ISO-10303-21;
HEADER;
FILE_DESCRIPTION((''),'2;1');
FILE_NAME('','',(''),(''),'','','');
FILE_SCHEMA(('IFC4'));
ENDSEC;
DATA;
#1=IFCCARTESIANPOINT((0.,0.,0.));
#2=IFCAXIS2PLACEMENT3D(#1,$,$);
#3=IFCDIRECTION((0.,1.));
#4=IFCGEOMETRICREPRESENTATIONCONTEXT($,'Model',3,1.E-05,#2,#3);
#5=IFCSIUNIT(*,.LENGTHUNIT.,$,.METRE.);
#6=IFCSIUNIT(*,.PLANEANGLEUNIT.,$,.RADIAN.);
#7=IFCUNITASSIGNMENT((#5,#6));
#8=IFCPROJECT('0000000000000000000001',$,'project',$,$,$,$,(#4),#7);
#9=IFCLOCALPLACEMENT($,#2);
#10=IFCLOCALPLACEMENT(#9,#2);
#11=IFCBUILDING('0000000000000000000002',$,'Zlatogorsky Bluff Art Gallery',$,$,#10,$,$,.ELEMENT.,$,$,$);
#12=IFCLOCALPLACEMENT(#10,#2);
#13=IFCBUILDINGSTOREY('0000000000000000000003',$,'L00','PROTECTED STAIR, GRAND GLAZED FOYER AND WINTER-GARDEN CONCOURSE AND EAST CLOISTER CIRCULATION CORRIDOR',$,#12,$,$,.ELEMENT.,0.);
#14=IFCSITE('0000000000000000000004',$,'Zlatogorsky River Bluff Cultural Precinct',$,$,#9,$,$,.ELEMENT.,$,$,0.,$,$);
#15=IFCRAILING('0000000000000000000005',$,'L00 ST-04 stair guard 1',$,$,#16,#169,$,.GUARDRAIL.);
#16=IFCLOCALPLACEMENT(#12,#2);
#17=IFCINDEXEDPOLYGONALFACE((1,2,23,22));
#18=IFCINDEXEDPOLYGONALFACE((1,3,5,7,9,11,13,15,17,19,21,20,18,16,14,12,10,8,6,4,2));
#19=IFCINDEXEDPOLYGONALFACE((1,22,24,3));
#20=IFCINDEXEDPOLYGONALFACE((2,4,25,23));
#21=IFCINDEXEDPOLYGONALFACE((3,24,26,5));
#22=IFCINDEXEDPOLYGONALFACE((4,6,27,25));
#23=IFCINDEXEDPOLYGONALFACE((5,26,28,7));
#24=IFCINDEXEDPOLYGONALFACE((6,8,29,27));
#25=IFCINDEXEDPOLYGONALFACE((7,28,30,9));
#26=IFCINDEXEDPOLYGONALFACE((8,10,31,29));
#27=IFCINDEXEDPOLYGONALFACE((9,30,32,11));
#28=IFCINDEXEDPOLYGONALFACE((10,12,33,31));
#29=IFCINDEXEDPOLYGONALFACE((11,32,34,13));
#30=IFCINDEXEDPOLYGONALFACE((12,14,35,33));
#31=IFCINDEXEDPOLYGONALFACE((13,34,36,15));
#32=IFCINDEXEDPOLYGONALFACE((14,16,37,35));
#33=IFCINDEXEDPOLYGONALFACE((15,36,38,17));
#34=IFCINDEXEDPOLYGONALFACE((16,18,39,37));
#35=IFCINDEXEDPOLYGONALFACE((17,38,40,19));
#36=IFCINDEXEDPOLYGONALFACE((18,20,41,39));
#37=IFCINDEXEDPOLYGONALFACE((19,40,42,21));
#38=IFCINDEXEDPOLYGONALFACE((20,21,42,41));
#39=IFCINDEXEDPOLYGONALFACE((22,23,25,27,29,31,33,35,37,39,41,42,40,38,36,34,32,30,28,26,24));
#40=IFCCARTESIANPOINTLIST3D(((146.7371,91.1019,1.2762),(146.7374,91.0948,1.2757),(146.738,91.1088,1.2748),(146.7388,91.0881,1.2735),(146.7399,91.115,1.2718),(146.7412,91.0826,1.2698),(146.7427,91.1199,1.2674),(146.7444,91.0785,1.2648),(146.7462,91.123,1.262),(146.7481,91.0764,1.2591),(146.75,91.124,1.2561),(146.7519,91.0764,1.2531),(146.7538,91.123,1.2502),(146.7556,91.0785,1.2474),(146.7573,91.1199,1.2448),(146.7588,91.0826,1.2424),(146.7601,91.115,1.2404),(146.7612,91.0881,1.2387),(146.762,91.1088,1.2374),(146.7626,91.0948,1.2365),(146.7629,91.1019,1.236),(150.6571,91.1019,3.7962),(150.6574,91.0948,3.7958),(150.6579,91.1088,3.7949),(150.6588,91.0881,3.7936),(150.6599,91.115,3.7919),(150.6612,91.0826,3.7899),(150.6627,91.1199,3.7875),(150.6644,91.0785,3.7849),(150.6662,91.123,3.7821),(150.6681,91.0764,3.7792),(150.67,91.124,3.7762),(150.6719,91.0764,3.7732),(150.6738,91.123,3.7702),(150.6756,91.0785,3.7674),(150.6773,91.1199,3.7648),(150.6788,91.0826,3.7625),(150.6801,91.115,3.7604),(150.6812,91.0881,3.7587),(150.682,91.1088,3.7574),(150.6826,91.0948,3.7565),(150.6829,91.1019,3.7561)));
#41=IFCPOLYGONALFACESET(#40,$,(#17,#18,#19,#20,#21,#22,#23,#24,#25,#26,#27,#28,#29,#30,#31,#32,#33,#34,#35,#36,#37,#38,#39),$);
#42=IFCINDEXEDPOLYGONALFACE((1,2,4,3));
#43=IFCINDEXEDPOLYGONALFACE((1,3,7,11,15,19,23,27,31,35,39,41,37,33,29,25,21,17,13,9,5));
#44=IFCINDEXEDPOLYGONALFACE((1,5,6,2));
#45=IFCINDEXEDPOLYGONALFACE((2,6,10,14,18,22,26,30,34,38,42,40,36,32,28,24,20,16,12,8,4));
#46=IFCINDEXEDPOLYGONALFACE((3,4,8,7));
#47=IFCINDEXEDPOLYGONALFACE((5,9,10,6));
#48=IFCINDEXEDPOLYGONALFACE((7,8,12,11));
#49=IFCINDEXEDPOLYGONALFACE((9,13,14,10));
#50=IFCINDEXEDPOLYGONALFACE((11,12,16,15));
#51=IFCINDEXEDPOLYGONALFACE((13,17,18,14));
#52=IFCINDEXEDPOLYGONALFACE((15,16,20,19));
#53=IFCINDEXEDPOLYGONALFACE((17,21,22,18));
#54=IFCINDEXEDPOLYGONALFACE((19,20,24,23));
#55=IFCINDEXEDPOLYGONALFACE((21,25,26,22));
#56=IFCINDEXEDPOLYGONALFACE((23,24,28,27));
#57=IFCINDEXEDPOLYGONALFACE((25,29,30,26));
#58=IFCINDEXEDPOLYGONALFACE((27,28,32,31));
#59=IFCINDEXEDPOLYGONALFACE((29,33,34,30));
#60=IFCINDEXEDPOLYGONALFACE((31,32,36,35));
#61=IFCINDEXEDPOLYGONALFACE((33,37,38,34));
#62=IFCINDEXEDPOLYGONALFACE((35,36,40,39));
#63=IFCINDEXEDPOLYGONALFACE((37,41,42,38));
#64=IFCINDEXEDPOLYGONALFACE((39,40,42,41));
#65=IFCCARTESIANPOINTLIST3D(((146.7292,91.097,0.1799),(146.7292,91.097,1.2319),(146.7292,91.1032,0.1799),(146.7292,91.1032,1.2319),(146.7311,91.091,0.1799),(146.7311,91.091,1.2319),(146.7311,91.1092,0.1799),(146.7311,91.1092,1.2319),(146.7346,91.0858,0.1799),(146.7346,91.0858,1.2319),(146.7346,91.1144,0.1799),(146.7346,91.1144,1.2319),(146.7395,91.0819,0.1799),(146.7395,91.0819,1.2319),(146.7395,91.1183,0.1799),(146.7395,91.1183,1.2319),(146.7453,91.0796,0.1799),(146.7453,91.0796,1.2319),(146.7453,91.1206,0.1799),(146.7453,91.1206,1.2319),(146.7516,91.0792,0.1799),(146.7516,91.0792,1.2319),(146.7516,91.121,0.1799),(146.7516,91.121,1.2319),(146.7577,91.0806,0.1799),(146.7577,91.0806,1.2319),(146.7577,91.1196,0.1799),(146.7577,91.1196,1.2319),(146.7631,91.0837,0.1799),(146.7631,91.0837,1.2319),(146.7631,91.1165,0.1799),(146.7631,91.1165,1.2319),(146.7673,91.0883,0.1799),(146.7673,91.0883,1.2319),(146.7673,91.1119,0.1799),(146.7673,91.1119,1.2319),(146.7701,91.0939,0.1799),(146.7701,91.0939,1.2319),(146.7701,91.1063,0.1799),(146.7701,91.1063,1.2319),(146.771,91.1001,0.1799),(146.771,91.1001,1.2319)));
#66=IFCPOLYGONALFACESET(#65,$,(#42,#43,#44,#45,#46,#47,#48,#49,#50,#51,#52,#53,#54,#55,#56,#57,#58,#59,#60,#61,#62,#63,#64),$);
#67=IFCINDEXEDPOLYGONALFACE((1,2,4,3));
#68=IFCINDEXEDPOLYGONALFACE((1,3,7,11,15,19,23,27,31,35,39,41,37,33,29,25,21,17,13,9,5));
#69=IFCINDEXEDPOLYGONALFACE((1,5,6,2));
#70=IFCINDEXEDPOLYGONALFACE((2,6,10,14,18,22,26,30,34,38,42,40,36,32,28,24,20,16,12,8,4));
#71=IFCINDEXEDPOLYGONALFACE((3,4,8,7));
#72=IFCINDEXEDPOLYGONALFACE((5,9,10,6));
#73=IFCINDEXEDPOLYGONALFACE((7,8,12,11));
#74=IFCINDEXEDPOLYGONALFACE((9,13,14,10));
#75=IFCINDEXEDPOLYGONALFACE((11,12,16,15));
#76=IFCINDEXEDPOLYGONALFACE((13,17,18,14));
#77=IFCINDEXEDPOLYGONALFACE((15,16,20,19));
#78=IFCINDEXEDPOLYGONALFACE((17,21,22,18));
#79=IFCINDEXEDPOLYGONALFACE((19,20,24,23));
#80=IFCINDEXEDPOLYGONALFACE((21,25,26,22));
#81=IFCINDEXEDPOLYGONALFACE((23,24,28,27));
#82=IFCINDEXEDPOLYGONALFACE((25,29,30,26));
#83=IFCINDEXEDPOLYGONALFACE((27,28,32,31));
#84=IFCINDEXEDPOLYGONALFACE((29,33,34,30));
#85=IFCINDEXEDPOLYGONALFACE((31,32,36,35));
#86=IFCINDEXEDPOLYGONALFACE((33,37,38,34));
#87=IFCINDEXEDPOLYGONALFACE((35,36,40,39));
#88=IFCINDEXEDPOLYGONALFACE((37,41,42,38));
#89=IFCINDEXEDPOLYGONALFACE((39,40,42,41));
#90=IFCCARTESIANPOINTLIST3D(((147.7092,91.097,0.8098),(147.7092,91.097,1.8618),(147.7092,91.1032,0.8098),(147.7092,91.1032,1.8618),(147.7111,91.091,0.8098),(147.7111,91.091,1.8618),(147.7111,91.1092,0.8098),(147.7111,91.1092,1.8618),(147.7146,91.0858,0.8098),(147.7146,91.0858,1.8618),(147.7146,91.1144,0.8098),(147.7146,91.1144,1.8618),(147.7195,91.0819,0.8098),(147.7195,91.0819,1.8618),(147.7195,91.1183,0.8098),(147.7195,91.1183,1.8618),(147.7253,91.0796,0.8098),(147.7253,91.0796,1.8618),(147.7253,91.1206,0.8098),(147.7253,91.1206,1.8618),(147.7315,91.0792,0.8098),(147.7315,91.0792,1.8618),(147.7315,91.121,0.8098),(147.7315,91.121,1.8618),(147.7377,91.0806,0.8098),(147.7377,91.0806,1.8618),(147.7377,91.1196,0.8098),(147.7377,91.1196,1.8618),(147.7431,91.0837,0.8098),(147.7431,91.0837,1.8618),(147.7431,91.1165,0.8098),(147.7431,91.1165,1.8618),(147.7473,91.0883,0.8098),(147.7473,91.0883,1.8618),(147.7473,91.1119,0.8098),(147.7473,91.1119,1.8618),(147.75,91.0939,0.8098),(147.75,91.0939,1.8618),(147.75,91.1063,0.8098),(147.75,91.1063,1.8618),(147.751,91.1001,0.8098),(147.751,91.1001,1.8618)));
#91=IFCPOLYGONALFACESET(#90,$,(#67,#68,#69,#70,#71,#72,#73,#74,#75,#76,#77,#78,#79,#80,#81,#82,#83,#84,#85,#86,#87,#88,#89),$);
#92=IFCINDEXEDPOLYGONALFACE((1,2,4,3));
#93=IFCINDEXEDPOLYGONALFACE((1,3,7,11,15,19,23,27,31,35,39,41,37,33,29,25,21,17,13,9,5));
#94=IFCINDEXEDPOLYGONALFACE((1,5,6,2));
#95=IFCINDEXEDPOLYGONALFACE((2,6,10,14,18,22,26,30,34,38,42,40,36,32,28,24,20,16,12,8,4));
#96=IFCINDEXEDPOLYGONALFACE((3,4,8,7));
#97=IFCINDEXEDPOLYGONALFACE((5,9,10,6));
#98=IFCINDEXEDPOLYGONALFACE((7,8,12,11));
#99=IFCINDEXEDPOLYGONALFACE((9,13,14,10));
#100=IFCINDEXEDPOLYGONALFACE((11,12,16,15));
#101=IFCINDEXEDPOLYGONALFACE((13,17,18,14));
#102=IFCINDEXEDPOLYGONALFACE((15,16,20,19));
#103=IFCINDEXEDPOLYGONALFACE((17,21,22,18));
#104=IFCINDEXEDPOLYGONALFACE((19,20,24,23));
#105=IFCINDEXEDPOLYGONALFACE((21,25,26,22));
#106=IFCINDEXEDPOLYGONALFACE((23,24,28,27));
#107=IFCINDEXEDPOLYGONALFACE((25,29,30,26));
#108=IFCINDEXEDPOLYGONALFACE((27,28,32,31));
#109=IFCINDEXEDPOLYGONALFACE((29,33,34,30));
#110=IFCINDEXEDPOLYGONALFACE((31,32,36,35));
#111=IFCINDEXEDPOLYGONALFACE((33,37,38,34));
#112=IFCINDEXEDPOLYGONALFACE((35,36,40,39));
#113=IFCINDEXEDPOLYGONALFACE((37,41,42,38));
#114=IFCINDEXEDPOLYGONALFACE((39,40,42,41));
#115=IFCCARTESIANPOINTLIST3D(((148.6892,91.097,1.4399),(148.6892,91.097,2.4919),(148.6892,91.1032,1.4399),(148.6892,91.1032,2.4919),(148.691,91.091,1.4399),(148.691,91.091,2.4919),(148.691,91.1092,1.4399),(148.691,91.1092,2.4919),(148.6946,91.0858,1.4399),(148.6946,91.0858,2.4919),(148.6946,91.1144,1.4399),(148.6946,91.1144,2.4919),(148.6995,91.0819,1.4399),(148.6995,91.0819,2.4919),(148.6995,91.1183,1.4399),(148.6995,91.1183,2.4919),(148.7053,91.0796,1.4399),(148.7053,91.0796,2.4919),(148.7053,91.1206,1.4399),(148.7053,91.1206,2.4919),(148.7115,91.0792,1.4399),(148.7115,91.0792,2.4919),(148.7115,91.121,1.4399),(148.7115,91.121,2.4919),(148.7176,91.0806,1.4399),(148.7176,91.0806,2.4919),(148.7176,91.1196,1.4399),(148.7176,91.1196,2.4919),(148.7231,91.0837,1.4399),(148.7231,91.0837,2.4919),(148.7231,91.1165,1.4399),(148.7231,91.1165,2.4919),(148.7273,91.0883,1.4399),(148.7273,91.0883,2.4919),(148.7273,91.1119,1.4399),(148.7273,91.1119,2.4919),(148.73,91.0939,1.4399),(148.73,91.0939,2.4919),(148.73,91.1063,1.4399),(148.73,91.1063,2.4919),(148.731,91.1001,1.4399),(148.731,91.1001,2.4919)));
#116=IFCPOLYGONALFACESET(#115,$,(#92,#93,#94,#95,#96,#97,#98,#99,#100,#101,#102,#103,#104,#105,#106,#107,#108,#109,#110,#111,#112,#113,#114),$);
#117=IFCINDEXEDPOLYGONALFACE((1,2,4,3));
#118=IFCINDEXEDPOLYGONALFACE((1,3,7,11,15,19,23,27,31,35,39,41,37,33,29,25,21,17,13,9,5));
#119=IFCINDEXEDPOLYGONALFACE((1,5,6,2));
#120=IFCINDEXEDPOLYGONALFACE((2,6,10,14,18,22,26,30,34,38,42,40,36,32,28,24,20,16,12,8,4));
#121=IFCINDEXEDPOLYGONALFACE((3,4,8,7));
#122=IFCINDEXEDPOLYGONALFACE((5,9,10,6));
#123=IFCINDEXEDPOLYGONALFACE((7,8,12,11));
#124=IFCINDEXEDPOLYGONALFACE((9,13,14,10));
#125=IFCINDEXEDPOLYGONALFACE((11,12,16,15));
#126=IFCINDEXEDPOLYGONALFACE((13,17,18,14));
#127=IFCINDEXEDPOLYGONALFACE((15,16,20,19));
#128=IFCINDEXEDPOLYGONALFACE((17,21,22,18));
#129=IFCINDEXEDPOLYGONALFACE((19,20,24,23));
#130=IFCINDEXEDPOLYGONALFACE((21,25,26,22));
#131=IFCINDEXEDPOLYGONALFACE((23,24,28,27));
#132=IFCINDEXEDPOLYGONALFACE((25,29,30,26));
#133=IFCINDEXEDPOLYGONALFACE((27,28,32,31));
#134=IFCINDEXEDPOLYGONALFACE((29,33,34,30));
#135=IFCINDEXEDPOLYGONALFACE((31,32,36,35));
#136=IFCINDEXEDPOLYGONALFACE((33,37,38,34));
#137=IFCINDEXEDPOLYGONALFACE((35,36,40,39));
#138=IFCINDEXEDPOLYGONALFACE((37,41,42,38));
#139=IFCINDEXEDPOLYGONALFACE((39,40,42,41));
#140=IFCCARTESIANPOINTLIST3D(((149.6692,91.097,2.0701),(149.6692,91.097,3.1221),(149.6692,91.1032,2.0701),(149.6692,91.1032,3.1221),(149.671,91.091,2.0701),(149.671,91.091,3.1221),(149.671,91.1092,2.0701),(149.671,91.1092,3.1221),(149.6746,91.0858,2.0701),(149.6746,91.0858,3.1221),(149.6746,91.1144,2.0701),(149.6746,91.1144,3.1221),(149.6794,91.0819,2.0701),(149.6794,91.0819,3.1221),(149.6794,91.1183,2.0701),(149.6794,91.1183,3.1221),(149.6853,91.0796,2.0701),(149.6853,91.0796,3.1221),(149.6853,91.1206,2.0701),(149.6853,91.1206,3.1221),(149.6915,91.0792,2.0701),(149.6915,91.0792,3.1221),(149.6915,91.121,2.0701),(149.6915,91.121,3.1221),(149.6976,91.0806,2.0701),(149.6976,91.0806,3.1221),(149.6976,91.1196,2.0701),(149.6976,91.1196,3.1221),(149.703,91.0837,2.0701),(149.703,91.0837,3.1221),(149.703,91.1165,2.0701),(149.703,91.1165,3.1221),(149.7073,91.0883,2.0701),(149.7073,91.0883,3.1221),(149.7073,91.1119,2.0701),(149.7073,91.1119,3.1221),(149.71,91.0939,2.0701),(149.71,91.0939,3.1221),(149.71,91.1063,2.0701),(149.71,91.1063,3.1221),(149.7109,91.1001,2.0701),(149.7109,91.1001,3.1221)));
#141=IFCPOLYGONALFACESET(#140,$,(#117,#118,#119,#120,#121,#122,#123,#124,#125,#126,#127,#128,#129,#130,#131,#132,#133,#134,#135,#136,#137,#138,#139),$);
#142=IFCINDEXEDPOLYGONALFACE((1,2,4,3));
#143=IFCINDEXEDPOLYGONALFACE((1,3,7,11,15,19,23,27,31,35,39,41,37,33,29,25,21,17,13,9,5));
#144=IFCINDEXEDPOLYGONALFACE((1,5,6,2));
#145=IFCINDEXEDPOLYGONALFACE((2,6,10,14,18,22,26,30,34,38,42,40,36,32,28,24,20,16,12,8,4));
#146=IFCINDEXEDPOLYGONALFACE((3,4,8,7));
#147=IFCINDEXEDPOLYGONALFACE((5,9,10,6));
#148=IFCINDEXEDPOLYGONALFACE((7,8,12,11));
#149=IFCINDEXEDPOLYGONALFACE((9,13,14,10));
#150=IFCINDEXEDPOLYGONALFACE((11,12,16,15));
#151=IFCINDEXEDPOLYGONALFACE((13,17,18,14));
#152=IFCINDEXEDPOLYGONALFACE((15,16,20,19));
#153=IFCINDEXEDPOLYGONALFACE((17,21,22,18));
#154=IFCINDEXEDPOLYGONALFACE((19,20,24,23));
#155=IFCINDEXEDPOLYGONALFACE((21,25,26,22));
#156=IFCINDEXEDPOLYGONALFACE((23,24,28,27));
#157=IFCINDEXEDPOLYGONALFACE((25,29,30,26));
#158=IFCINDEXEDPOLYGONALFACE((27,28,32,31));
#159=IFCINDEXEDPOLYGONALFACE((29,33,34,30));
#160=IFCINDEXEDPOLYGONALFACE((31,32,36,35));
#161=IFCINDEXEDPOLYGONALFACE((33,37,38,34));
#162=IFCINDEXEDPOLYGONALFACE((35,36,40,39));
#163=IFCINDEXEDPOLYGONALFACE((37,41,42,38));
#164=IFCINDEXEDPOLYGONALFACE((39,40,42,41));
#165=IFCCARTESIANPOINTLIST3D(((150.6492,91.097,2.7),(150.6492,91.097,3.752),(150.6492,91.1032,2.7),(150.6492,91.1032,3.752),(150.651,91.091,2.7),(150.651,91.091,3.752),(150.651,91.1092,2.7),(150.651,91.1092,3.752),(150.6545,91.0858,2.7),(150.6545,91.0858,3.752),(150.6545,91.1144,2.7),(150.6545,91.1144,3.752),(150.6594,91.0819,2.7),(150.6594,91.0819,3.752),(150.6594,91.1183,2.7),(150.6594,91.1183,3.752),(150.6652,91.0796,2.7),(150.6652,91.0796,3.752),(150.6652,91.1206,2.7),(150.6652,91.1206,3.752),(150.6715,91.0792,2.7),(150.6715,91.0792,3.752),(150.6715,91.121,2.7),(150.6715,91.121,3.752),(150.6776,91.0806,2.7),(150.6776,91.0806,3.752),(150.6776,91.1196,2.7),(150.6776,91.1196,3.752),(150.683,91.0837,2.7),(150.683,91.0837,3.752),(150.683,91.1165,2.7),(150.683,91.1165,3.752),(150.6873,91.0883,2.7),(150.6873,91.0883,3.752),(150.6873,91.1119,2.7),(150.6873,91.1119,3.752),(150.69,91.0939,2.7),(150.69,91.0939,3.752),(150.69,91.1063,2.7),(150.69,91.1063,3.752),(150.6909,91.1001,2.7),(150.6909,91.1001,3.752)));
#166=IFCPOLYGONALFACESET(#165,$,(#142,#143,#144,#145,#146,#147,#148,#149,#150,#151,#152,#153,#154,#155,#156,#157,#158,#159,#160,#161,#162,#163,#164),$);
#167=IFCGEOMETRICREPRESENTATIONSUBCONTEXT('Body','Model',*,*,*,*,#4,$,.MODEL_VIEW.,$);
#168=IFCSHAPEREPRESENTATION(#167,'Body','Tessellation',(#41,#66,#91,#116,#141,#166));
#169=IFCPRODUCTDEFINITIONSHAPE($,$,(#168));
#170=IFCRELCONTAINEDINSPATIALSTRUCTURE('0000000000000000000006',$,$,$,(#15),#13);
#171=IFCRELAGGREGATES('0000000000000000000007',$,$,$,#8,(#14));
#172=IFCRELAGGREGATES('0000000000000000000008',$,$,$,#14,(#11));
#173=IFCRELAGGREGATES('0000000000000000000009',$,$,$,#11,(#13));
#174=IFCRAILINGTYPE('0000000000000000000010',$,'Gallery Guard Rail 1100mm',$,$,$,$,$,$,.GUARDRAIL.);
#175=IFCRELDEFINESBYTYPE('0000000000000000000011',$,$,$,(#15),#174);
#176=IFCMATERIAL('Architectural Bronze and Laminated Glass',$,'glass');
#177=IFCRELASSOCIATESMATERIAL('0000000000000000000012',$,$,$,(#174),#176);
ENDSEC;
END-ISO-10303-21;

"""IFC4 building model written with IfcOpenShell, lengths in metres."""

from ifc_helpers import new_model, si_unit, direction, frame, origin, origin_2d, place, context, subcontext, project, spatial, circle, extrude, material, type_object, element, save


model = new_model("IFC4")

# Units and contexts
model_context = context("Model", 3, precision=1e-05, world=origin(), true_north=direction((0.0, 1.0)))
body_context = subcontext(model_context, "Body", "Model", "MODEL_VIEW")
ifc_project = project(units=[si_unit("LENGTHUNIT", "METRE"), si_unit("PLANEANGLEUNIT", "RADIAN")], contexts=[model_context])

# Site, building, storey
site_placement = place(None, origin())
site = spatial("IfcSite", under=ifc_project, at=site_placement, Name="Zlatogorsky River Bluff Cultural Precinct", CompositionType="ELEMENT", RefElevation=0.0)
building_placement = place(site_placement, origin())
building = spatial("IfcBuilding", under=site, at=building_placement, Name="Zlatogorsky Bluff Art Gallery", CompositionType="ELEMENT")
storey_placement = place(building_placement, origin())
storey = spatial("IfcBuildingStorey", under=building, at=storey_placement, Name="L00", Description="PROTECTED STAIR, GRAND GLAZED FOYER AND WINTER-GARDEN CONCOURSE AND EAST CLOISTER CIRCULATION CORRIDOR", CompositionType="ELEMENT", Elevation=0.0)

# Railing
ifc_material_1 = material(Name="Architectural Bronze and Laminated Glass", Category="glass")
railing_type_1 = type_object("IfcRailingType", Name="Gallery Guard Rail 1100mm", PredefinedType="GUARDRAIL", material=ifc_material_1)
railing_1_placement = place(storey_placement, frame((146.75, 91.1001, 0.1799)))
element("IfcRailing", 1, at=railing_1_placement, inside=storey, type_object=railing_type_1, Name="L00 ST-04 stair guard 1", PredefinedType="GUARDRAIL", context=body_context, shape_type="SweptSolid", body=[
    extrude(circle(Radius=0.0239, at=origin_2d()), frame((0.0, 0.0, 1.0762), z_axis=(0.841172, 0.0, 0.540768), x_axis=(0.0, 1.0, 0.0)), (0.0, 0.0, 1.0), 4.6602),
    extrude(circle(Radius=0.021, at=origin_2d()), origin(), (0.0, 0.0, 1.0), 1.052),
    extrude(circle(Radius=0.021, at=origin_2d()), frame((0.98, 0.0, 0.6299)), (0.0, 0.0, 1.0), 1.052),
    extrude(circle(Radius=0.021, at=origin_2d()), frame((1.96, 0.0, 1.26)), (0.0, 0.0, 1.0), 1.052),
    extrude(circle(Radius=0.021, at=origin_2d()), frame((2.9399, 0.0, 1.8901)), (0.0, 0.0, 1.0), 1.052),
    extrude(circle(Radius=0.021, at=origin_2d()), frame((3.9199, 0.0, 2.52)), (0.0, 0.0, 1.0), 1.052),
])

save(model, "model.ifc")
